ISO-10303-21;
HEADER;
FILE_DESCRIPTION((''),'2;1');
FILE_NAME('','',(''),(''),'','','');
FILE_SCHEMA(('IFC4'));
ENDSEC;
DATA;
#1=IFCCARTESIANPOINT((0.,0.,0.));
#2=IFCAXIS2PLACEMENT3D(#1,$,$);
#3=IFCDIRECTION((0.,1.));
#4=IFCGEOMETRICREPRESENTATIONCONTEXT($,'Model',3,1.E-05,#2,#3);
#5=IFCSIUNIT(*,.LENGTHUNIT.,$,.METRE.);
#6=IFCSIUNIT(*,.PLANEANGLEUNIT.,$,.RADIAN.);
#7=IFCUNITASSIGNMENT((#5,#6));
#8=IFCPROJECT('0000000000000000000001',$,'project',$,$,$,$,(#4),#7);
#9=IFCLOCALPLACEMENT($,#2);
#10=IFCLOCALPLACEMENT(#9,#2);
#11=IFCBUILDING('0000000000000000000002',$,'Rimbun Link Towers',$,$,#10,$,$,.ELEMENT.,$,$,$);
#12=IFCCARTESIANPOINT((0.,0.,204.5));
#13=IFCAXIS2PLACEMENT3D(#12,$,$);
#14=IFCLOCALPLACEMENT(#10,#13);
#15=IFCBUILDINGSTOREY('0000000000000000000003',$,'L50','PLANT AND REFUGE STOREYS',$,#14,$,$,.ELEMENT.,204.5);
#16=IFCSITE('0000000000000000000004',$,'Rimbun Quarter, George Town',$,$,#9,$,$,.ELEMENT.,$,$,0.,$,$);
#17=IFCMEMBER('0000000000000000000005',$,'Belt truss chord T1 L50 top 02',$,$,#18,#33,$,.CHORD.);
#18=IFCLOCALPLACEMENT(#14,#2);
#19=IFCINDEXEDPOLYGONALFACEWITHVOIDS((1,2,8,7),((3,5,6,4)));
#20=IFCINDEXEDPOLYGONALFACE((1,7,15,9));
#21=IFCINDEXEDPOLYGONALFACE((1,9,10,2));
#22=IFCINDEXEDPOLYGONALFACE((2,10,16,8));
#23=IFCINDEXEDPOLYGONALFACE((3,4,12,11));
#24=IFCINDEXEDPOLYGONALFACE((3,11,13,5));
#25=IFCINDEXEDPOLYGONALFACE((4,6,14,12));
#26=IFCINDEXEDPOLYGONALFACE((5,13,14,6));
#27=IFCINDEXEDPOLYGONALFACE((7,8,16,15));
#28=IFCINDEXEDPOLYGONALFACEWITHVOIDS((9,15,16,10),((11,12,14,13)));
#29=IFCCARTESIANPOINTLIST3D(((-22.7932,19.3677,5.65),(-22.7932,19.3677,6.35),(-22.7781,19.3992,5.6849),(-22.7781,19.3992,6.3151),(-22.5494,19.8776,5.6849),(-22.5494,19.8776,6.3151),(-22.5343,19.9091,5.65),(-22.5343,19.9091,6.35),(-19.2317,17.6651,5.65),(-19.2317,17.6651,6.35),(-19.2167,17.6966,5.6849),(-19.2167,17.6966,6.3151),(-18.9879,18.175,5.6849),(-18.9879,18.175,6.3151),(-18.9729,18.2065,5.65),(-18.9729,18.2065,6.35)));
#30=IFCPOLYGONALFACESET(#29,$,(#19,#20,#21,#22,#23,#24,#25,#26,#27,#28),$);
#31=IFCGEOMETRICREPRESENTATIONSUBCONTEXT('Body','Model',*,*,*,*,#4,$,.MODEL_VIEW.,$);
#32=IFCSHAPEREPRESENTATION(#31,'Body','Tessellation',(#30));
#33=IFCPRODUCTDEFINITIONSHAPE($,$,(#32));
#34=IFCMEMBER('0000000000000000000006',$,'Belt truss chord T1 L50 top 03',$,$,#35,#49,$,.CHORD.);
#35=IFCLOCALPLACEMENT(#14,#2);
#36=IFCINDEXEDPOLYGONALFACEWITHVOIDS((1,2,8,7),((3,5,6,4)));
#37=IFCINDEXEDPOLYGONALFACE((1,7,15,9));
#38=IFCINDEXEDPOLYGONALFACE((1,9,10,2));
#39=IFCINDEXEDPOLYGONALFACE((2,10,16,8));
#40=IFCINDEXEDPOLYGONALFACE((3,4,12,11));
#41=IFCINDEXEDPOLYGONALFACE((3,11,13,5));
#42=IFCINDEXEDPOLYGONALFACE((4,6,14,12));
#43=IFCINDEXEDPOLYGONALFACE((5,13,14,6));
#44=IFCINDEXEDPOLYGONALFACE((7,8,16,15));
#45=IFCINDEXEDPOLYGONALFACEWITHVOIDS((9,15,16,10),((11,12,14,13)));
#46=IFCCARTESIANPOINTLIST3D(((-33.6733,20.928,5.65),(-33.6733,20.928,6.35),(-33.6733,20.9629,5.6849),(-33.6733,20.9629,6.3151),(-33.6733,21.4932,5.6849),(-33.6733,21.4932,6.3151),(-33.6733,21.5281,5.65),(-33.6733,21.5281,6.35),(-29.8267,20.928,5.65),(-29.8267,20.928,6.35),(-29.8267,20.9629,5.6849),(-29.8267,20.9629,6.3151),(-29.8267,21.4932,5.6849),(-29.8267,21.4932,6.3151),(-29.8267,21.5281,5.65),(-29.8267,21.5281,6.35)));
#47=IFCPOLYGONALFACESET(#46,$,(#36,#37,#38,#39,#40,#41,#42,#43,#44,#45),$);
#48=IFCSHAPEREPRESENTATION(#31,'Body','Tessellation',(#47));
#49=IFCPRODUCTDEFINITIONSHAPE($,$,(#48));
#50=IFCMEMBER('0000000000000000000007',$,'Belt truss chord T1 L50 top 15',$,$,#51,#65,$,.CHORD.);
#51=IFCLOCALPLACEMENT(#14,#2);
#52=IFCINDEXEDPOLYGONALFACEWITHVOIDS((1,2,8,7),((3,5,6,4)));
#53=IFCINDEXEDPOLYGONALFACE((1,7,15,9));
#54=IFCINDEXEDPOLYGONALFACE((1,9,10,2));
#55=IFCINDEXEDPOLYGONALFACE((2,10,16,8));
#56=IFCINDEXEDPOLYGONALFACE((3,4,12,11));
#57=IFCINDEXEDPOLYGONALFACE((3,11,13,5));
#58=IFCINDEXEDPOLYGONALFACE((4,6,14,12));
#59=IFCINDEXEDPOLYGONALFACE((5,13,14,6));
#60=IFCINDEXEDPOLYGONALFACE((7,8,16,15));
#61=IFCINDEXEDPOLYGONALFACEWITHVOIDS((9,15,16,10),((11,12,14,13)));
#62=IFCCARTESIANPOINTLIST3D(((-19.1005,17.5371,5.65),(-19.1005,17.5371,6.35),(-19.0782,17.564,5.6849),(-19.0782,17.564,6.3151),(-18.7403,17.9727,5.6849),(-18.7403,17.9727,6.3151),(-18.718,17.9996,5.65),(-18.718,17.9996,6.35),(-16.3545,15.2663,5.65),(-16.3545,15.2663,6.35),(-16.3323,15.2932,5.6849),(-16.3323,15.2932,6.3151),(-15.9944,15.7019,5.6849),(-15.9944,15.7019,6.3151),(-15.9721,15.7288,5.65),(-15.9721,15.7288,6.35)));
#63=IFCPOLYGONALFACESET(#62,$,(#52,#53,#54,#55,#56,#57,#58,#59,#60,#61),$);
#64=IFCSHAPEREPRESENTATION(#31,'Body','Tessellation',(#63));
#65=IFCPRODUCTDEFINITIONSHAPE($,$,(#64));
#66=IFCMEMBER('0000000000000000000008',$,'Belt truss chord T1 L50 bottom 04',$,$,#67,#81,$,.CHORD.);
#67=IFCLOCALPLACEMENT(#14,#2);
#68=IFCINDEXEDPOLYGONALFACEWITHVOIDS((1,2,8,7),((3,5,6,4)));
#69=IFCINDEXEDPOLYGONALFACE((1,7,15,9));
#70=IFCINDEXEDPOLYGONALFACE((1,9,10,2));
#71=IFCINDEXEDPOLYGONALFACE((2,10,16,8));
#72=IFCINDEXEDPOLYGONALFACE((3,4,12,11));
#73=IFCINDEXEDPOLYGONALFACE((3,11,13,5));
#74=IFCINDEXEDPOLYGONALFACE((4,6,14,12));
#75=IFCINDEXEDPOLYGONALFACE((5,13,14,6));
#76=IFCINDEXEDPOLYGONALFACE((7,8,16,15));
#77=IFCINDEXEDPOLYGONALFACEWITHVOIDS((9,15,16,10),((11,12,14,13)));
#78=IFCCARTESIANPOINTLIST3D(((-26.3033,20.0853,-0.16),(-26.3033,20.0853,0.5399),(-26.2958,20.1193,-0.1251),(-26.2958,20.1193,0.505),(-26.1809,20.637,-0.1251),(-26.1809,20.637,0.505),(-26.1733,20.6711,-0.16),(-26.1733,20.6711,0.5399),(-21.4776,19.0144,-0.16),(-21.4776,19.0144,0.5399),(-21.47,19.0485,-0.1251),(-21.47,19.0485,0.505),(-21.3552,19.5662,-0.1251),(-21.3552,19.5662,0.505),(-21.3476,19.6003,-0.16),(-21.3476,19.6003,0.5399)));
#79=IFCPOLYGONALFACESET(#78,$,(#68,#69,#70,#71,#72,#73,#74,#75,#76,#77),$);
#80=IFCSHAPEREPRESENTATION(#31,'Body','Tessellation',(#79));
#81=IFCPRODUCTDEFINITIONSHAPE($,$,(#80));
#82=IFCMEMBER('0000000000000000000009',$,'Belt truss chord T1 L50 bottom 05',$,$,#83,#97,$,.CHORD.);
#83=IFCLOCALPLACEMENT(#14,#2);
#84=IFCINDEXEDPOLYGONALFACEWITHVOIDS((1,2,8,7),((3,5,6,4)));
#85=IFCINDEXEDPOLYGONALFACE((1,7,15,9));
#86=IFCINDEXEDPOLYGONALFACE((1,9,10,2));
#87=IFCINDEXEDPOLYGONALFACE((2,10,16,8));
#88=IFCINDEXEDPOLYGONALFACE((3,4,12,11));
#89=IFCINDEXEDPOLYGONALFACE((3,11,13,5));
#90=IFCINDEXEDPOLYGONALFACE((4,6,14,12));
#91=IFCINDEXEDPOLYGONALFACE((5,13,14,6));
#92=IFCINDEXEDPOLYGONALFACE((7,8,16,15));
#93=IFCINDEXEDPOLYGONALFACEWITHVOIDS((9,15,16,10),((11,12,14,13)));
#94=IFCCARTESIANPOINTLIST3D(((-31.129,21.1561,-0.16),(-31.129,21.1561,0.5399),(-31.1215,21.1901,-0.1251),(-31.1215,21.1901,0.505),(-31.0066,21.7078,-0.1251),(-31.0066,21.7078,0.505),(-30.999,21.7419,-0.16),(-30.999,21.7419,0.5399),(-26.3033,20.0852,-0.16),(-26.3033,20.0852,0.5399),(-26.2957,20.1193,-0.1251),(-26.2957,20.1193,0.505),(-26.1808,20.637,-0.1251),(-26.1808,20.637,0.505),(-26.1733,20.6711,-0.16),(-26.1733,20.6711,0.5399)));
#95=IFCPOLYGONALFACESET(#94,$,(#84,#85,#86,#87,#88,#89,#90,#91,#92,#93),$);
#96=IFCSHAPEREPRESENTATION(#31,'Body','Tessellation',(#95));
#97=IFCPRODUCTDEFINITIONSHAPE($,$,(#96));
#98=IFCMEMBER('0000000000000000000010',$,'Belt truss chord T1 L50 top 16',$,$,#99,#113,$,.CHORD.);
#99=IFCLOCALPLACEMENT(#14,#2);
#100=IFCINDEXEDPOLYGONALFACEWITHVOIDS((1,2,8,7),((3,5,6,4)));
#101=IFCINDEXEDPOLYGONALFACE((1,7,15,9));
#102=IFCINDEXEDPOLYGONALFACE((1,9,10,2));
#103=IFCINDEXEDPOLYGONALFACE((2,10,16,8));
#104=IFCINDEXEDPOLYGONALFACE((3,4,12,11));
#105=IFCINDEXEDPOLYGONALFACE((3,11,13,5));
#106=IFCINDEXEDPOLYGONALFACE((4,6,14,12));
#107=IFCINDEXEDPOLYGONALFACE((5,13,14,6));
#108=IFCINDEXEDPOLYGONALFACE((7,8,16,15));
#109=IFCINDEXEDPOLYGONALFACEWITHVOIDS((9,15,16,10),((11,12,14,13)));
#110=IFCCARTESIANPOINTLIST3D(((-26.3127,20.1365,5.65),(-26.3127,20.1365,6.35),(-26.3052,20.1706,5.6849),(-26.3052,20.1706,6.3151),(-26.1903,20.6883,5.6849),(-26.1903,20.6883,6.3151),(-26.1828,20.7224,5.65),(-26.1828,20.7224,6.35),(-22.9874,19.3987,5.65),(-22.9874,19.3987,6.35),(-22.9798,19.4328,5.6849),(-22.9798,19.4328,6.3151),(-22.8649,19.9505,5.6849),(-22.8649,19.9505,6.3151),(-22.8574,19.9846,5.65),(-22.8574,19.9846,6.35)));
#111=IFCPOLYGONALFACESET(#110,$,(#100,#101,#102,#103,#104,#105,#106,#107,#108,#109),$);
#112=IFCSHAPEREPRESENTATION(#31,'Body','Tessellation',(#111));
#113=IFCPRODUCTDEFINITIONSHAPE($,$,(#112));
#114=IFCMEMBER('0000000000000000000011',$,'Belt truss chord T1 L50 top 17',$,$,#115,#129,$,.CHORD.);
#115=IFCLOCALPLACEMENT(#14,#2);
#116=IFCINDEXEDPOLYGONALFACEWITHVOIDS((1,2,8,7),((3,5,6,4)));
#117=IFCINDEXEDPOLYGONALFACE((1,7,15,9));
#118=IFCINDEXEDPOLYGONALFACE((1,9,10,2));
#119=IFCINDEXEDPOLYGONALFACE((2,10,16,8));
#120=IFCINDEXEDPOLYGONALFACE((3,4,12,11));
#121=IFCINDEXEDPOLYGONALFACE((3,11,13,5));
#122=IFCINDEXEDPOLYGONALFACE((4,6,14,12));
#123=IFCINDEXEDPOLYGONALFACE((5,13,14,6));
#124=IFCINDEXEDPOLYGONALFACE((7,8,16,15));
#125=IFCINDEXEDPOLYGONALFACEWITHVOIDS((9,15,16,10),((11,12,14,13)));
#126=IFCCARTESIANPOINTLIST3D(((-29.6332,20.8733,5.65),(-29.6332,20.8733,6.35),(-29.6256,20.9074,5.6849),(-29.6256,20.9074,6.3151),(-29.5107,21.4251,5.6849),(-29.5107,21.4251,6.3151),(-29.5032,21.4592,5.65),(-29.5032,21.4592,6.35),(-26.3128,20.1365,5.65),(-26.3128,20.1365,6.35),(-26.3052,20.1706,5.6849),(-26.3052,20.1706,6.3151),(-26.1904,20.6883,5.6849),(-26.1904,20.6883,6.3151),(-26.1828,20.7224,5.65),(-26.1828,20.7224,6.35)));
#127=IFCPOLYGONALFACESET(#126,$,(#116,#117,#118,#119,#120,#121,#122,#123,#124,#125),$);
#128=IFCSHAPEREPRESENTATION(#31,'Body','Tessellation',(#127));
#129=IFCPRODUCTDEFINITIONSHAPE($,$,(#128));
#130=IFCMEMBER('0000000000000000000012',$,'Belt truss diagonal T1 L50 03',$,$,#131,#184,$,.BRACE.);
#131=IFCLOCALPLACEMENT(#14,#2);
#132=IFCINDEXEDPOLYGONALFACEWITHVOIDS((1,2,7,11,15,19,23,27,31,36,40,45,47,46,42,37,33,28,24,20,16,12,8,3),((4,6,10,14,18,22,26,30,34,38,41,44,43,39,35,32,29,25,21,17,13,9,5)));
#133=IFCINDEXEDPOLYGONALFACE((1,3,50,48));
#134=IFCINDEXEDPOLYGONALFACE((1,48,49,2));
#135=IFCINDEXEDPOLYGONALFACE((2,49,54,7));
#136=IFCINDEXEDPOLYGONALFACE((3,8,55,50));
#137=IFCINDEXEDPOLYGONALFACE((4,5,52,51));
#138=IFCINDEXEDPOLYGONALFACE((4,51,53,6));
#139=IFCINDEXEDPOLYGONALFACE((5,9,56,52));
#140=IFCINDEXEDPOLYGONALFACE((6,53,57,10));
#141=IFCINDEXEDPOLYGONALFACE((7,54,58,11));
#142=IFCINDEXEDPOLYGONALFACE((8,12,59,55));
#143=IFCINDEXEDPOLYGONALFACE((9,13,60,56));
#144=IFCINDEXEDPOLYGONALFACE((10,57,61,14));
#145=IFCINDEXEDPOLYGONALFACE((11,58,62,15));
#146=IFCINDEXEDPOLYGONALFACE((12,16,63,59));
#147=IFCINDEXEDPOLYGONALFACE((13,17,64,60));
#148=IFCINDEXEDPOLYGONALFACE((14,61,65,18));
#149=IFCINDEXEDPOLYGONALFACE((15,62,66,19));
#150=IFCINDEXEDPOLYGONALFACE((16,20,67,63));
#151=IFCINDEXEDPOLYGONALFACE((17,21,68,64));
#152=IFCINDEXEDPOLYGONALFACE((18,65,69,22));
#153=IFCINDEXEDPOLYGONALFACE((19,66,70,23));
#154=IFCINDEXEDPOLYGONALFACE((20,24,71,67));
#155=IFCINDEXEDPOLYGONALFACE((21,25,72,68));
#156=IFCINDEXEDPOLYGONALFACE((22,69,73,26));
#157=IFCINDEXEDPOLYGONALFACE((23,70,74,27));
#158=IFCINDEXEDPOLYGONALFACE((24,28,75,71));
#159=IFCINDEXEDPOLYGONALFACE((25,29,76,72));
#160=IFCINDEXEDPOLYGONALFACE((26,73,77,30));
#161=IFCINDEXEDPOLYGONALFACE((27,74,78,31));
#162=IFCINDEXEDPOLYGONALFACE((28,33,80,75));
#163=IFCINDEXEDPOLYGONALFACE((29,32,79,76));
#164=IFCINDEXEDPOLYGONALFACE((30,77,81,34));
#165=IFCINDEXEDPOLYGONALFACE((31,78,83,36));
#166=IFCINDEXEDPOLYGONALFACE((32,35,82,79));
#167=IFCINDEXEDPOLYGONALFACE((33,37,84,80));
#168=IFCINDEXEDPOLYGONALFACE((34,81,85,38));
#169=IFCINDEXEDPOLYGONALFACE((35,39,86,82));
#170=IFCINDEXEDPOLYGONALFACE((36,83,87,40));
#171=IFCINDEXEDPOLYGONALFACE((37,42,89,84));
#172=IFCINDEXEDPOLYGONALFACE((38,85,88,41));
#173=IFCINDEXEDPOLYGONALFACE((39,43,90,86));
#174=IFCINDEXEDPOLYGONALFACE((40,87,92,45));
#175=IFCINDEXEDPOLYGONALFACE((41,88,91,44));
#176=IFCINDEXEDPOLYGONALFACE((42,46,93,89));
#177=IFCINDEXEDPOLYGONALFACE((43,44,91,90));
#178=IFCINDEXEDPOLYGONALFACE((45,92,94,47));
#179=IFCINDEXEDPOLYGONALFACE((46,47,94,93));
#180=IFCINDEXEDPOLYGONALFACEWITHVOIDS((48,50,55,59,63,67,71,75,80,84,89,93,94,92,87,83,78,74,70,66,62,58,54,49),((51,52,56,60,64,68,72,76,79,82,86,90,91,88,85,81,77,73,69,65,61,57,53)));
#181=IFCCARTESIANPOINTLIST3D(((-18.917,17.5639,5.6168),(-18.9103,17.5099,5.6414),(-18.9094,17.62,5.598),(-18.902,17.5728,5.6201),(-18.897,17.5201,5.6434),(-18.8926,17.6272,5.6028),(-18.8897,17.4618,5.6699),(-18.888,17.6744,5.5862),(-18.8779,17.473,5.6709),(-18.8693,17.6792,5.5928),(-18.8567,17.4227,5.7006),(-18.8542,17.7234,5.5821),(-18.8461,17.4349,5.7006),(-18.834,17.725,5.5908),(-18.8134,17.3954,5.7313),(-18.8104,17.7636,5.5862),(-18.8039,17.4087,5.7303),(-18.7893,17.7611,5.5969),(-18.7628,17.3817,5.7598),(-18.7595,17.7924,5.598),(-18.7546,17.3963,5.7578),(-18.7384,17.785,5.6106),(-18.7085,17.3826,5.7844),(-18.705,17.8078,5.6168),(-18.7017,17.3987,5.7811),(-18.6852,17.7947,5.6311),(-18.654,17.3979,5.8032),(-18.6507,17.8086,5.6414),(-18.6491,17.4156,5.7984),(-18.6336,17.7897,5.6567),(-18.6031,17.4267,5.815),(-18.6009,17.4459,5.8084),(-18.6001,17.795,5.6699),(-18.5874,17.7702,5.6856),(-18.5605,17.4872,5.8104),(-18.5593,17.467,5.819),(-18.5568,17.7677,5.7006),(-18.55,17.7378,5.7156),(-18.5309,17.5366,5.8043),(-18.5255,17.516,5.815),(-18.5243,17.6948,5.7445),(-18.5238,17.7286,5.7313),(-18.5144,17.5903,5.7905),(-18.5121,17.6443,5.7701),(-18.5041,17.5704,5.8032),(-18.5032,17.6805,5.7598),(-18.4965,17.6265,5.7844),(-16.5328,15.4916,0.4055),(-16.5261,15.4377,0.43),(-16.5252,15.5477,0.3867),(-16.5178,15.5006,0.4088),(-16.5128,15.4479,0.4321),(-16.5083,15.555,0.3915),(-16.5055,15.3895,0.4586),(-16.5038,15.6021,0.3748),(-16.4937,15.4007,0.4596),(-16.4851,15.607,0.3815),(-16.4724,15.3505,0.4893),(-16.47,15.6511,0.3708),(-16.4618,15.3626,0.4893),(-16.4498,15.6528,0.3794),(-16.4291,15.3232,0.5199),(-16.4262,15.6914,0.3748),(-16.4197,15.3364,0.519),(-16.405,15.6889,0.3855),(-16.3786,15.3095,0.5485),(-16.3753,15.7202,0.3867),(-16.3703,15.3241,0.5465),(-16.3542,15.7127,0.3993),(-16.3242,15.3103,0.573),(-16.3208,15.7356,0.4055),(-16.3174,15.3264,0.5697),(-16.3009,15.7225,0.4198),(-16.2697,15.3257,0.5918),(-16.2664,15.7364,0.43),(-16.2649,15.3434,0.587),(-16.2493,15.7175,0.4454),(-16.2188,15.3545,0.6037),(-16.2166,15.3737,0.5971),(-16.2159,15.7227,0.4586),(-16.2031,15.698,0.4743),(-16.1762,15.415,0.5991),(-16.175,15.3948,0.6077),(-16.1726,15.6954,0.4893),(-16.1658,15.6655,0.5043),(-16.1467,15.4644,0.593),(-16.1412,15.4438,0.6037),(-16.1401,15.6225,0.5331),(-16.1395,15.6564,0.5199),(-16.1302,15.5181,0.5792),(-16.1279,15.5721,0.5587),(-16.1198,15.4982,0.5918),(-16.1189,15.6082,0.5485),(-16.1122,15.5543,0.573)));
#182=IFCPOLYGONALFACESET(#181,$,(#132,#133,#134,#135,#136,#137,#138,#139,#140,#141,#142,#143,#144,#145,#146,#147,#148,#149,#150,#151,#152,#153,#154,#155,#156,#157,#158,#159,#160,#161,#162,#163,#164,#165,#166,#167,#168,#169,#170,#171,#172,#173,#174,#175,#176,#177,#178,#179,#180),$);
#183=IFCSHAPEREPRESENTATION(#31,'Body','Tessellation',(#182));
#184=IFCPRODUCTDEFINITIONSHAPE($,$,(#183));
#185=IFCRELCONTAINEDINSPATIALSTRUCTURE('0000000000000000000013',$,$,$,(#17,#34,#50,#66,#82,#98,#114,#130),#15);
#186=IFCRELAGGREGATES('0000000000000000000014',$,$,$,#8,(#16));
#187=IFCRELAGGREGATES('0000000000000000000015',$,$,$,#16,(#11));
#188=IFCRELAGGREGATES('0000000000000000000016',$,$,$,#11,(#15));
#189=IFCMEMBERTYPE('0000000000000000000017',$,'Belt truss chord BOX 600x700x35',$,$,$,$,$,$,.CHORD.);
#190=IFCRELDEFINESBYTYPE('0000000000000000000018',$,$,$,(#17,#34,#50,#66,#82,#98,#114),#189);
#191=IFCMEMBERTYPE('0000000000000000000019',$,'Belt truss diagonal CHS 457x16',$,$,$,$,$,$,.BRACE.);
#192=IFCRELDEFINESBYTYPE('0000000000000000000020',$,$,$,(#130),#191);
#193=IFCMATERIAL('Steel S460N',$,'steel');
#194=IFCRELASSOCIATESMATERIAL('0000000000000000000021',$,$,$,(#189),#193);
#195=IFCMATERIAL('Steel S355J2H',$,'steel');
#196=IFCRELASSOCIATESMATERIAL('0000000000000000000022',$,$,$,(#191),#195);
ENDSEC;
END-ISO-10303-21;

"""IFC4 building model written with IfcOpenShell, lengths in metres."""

from ifc_helpers import new_model, si_unit, direction, frame, origin, origin_2d, place, context, subcontext, project, spatial, hollow_rectangle, hollow_circle, extrude, material, material_profile, profile_set, type_object, element, save


model = new_model("IFC4")

# Units and contexts
model_context = context("Model", 3, precision=1e-05, world=origin(), true_north=direction((0.0, 1.0)))
body_context = subcontext(model_context, "Body", "Model", "MODEL_VIEW")
ifc_project = project(units=[si_unit("LENGTHUNIT", "METRE"), si_unit("PLANEANGLEUNIT", "RADIAN")], contexts=[model_context])

# Site, building, storey
site_placement = place(None, origin())
site = spatial("IfcSite", under=ifc_project, at=site_placement, Name="Rimbun Quarter, George Town", CompositionType="ELEMENT", RefElevation=0.0)
building_placement = place(site_placement, origin())
building = spatial("IfcBuilding", under=site, at=building_placement, Name="Rimbun Link Towers", CompositionType="ELEMENT")
storey_placement = place(building_placement, frame((0.0, 0.0, 204.5)))
storey = spatial("IfcBuildingStorey", under=building, at=storey_placement, Name="L50", Description="PLANT AND REFUGE STOREYS", CompositionType="ELEMENT", Elevation=204.5)

# Members
ifc_material_1 = material(Name="Steel S460N", Category="steel")
ifc_material_profile_1 = material_profile(ifc_material_1, hollow_rectangle(XDim=0.6001, YDim=0.7, WallThickness=0.0349, at=origin_2d()), Name="Belt truss chord BOX 600x700x35")
ifc_profile_set_1 = profile_set([ifc_material_profile_1], Name="Steel S460N")
member_type_1 = type_object("IfcMemberType", Name="Belt truss chord BOX 600x700x35", PredefinedType="CHORD", material=ifc_profile_set_1)
member_1_placement = place(storey_placement, frame((-19.1023, 17.9358, 6.0), z_axis=(-0.902203, 0.431311, 0.0), x_axis=(-0.431311, -0.902203, 0.0)))
element("IfcMember", 1, at=member_1_placement, inside=storey, type_object=member_type_1, Name="Belt truss chord T1 L50 top 02", PredefinedType="CHORD", context=body_context, shape_type="SweptSolid", body=[
    extrude(hollow_rectangle(XDim=0.6001, YDim=0.7, WallThickness=0.0349, at=origin_2d()), origin(), (0.0, 0.0, 1.0), 3.9475),
])
member_2_placement = place(storey_placement, frame((-29.8267, 21.228, 6.0), z_axis=(-1.0, 0.0, 0.0), x_axis=(0.0, -1.0, 0.0)))
element("IfcMember", 2, at=member_2_placement, inside=storey, type_object=member_type_1, Name="Belt truss chord T1 L50 top 03", PredefinedType="CHORD", context=body_context, shape_type="SweptSolid", body=[
    extrude(hollow_rectangle(XDim=0.6001, YDim=0.7, WallThickness=0.0349, at=origin_2d()), origin(), (0.0, 0.0, 1.0), 3.8467),
])
member_3_placement = place(storey_placement, frame((-16.1633, 15.4976, 6.0), z_axis=(-0.770625, 0.637289, 0.0), x_axis=(-0.637289, -0.770625, 0.0)))
element("IfcMember", 3, at=member_3_placement, inside=storey, type_object=member_type_1, Name="Belt truss chord T1 L50 top 15", PredefinedType="CHORD", context=body_context, shape_type="SweptSolid", body=[
    extrude(hollow_rectangle(XDim=0.6001, YDim=0.7, WallThickness=0.0349, at=origin_2d()), origin(), (0.0, 0.0, 1.0), 3.5632),
])
for number, where, z_axis, x_axis, name in (
    (4, (-21.4126, 19.3074, 0.1899), (-0.976254, 0.216627, 0.0), (-0.216627, -0.976254, 0.0), "Belt truss chord T1 L50 bottom 04"),
    (5, (-26.2383, 20.3782, 0.1899), (-0.976254, 0.216627, 0.0), (-0.216627, -0.976254, 0.0), "Belt truss chord T1 L50 bottom 05"),
):
    element("IfcMember", number, at=place(storey_placement, frame(where, z_axis=z_axis, x_axis=x_axis)), inside=storey, type_object=member_type_1, Name=name, PredefinedType="CHORD", context=body_context, shape_type="SweptSolid", body=[
        extrude(hollow_rectangle(XDim=0.6001, YDim=0.7, WallThickness=0.0349, at=origin_2d()), origin(), (0.0, 0.0, 1.0), 4.9431),
    ])
member_4_placement = place(storey_placement, frame((-22.9224, 19.6917, 6.0), z_axis=(-0.976261, 0.216597, 0.0), x_axis=(-0.216597, -0.976261, 0.0)))
element("IfcMember", 6, at=member_4_placement, inside=storey, type_object=member_type_1, Name="Belt truss chord T1 L50 top 16", PredefinedType="CHORD", context=body_context, shape_type="SweptSolid", body=[
    extrude(hollow_rectangle(XDim=0.6001, YDim=0.7, WallThickness=0.0349, at=origin_2d()), origin(), (0.0, 0.0, 1.0), 3.4062),
])
member_5_placement = place(storey_placement, frame((-26.2478, 20.4294, 6.0), z_axis=(-0.976251, 0.216642, 0.0), x_axis=(-0.216642, -0.976251, 0.0)))
element("IfcMember", 7, at=member_5_placement, inside=storey, type_object=member_type_1, Name="Belt truss chord T1 L50 top 17", PredefinedType="CHORD", context=body_context, shape_type="SweptSolid", body=[
    extrude(hollow_rectangle(XDim=0.6001, YDim=0.7, WallThickness=0.0349, at=origin_2d()), origin(), (0.0, 0.0, 1.0), 3.4011),
])
ifc_material_2 = material(Name="Steel S355J2H", Category="steel")
ifc_material_profile_2 = material_profile(ifc_material_2, hollow_circle(Radius=0.2285, WallThickness=0.0161, at=origin_2d()), Name="Belt truss diagonal CHS 457x16")
ifc_profile_set_2 = profile_set([ifc_material_profile_2], Name="Steel S355J2H")
member_type_2 = type_object("IfcMemberType", Name="Belt truss diagonal CHS 457x16", PredefinedType="BRACE", material=ifc_profile_set_2)
member_6_placement = place(storey_placement, frame((-16.3225, 15.5229, 0.4893), z_axis=(-0.391244, 0.340045, 0.85516), x_axis=(-0.655995, -0.754765, 0.0)))
element("IfcMember", 8, at=member_6_placement, inside=storey, type_object=member_type_2, Name="Belt truss diagonal T1 L50 03", PredefinedType="BRACE", context=body_context, shape_type="SweptSolid", body=[
    extrude(hollow_circle(Radius=0.2285, WallThickness=0.0161, at=origin_2d()), origin(), (0.0, 0.0, 1.0), 6.094),
])

save(model, "model.ifc")
